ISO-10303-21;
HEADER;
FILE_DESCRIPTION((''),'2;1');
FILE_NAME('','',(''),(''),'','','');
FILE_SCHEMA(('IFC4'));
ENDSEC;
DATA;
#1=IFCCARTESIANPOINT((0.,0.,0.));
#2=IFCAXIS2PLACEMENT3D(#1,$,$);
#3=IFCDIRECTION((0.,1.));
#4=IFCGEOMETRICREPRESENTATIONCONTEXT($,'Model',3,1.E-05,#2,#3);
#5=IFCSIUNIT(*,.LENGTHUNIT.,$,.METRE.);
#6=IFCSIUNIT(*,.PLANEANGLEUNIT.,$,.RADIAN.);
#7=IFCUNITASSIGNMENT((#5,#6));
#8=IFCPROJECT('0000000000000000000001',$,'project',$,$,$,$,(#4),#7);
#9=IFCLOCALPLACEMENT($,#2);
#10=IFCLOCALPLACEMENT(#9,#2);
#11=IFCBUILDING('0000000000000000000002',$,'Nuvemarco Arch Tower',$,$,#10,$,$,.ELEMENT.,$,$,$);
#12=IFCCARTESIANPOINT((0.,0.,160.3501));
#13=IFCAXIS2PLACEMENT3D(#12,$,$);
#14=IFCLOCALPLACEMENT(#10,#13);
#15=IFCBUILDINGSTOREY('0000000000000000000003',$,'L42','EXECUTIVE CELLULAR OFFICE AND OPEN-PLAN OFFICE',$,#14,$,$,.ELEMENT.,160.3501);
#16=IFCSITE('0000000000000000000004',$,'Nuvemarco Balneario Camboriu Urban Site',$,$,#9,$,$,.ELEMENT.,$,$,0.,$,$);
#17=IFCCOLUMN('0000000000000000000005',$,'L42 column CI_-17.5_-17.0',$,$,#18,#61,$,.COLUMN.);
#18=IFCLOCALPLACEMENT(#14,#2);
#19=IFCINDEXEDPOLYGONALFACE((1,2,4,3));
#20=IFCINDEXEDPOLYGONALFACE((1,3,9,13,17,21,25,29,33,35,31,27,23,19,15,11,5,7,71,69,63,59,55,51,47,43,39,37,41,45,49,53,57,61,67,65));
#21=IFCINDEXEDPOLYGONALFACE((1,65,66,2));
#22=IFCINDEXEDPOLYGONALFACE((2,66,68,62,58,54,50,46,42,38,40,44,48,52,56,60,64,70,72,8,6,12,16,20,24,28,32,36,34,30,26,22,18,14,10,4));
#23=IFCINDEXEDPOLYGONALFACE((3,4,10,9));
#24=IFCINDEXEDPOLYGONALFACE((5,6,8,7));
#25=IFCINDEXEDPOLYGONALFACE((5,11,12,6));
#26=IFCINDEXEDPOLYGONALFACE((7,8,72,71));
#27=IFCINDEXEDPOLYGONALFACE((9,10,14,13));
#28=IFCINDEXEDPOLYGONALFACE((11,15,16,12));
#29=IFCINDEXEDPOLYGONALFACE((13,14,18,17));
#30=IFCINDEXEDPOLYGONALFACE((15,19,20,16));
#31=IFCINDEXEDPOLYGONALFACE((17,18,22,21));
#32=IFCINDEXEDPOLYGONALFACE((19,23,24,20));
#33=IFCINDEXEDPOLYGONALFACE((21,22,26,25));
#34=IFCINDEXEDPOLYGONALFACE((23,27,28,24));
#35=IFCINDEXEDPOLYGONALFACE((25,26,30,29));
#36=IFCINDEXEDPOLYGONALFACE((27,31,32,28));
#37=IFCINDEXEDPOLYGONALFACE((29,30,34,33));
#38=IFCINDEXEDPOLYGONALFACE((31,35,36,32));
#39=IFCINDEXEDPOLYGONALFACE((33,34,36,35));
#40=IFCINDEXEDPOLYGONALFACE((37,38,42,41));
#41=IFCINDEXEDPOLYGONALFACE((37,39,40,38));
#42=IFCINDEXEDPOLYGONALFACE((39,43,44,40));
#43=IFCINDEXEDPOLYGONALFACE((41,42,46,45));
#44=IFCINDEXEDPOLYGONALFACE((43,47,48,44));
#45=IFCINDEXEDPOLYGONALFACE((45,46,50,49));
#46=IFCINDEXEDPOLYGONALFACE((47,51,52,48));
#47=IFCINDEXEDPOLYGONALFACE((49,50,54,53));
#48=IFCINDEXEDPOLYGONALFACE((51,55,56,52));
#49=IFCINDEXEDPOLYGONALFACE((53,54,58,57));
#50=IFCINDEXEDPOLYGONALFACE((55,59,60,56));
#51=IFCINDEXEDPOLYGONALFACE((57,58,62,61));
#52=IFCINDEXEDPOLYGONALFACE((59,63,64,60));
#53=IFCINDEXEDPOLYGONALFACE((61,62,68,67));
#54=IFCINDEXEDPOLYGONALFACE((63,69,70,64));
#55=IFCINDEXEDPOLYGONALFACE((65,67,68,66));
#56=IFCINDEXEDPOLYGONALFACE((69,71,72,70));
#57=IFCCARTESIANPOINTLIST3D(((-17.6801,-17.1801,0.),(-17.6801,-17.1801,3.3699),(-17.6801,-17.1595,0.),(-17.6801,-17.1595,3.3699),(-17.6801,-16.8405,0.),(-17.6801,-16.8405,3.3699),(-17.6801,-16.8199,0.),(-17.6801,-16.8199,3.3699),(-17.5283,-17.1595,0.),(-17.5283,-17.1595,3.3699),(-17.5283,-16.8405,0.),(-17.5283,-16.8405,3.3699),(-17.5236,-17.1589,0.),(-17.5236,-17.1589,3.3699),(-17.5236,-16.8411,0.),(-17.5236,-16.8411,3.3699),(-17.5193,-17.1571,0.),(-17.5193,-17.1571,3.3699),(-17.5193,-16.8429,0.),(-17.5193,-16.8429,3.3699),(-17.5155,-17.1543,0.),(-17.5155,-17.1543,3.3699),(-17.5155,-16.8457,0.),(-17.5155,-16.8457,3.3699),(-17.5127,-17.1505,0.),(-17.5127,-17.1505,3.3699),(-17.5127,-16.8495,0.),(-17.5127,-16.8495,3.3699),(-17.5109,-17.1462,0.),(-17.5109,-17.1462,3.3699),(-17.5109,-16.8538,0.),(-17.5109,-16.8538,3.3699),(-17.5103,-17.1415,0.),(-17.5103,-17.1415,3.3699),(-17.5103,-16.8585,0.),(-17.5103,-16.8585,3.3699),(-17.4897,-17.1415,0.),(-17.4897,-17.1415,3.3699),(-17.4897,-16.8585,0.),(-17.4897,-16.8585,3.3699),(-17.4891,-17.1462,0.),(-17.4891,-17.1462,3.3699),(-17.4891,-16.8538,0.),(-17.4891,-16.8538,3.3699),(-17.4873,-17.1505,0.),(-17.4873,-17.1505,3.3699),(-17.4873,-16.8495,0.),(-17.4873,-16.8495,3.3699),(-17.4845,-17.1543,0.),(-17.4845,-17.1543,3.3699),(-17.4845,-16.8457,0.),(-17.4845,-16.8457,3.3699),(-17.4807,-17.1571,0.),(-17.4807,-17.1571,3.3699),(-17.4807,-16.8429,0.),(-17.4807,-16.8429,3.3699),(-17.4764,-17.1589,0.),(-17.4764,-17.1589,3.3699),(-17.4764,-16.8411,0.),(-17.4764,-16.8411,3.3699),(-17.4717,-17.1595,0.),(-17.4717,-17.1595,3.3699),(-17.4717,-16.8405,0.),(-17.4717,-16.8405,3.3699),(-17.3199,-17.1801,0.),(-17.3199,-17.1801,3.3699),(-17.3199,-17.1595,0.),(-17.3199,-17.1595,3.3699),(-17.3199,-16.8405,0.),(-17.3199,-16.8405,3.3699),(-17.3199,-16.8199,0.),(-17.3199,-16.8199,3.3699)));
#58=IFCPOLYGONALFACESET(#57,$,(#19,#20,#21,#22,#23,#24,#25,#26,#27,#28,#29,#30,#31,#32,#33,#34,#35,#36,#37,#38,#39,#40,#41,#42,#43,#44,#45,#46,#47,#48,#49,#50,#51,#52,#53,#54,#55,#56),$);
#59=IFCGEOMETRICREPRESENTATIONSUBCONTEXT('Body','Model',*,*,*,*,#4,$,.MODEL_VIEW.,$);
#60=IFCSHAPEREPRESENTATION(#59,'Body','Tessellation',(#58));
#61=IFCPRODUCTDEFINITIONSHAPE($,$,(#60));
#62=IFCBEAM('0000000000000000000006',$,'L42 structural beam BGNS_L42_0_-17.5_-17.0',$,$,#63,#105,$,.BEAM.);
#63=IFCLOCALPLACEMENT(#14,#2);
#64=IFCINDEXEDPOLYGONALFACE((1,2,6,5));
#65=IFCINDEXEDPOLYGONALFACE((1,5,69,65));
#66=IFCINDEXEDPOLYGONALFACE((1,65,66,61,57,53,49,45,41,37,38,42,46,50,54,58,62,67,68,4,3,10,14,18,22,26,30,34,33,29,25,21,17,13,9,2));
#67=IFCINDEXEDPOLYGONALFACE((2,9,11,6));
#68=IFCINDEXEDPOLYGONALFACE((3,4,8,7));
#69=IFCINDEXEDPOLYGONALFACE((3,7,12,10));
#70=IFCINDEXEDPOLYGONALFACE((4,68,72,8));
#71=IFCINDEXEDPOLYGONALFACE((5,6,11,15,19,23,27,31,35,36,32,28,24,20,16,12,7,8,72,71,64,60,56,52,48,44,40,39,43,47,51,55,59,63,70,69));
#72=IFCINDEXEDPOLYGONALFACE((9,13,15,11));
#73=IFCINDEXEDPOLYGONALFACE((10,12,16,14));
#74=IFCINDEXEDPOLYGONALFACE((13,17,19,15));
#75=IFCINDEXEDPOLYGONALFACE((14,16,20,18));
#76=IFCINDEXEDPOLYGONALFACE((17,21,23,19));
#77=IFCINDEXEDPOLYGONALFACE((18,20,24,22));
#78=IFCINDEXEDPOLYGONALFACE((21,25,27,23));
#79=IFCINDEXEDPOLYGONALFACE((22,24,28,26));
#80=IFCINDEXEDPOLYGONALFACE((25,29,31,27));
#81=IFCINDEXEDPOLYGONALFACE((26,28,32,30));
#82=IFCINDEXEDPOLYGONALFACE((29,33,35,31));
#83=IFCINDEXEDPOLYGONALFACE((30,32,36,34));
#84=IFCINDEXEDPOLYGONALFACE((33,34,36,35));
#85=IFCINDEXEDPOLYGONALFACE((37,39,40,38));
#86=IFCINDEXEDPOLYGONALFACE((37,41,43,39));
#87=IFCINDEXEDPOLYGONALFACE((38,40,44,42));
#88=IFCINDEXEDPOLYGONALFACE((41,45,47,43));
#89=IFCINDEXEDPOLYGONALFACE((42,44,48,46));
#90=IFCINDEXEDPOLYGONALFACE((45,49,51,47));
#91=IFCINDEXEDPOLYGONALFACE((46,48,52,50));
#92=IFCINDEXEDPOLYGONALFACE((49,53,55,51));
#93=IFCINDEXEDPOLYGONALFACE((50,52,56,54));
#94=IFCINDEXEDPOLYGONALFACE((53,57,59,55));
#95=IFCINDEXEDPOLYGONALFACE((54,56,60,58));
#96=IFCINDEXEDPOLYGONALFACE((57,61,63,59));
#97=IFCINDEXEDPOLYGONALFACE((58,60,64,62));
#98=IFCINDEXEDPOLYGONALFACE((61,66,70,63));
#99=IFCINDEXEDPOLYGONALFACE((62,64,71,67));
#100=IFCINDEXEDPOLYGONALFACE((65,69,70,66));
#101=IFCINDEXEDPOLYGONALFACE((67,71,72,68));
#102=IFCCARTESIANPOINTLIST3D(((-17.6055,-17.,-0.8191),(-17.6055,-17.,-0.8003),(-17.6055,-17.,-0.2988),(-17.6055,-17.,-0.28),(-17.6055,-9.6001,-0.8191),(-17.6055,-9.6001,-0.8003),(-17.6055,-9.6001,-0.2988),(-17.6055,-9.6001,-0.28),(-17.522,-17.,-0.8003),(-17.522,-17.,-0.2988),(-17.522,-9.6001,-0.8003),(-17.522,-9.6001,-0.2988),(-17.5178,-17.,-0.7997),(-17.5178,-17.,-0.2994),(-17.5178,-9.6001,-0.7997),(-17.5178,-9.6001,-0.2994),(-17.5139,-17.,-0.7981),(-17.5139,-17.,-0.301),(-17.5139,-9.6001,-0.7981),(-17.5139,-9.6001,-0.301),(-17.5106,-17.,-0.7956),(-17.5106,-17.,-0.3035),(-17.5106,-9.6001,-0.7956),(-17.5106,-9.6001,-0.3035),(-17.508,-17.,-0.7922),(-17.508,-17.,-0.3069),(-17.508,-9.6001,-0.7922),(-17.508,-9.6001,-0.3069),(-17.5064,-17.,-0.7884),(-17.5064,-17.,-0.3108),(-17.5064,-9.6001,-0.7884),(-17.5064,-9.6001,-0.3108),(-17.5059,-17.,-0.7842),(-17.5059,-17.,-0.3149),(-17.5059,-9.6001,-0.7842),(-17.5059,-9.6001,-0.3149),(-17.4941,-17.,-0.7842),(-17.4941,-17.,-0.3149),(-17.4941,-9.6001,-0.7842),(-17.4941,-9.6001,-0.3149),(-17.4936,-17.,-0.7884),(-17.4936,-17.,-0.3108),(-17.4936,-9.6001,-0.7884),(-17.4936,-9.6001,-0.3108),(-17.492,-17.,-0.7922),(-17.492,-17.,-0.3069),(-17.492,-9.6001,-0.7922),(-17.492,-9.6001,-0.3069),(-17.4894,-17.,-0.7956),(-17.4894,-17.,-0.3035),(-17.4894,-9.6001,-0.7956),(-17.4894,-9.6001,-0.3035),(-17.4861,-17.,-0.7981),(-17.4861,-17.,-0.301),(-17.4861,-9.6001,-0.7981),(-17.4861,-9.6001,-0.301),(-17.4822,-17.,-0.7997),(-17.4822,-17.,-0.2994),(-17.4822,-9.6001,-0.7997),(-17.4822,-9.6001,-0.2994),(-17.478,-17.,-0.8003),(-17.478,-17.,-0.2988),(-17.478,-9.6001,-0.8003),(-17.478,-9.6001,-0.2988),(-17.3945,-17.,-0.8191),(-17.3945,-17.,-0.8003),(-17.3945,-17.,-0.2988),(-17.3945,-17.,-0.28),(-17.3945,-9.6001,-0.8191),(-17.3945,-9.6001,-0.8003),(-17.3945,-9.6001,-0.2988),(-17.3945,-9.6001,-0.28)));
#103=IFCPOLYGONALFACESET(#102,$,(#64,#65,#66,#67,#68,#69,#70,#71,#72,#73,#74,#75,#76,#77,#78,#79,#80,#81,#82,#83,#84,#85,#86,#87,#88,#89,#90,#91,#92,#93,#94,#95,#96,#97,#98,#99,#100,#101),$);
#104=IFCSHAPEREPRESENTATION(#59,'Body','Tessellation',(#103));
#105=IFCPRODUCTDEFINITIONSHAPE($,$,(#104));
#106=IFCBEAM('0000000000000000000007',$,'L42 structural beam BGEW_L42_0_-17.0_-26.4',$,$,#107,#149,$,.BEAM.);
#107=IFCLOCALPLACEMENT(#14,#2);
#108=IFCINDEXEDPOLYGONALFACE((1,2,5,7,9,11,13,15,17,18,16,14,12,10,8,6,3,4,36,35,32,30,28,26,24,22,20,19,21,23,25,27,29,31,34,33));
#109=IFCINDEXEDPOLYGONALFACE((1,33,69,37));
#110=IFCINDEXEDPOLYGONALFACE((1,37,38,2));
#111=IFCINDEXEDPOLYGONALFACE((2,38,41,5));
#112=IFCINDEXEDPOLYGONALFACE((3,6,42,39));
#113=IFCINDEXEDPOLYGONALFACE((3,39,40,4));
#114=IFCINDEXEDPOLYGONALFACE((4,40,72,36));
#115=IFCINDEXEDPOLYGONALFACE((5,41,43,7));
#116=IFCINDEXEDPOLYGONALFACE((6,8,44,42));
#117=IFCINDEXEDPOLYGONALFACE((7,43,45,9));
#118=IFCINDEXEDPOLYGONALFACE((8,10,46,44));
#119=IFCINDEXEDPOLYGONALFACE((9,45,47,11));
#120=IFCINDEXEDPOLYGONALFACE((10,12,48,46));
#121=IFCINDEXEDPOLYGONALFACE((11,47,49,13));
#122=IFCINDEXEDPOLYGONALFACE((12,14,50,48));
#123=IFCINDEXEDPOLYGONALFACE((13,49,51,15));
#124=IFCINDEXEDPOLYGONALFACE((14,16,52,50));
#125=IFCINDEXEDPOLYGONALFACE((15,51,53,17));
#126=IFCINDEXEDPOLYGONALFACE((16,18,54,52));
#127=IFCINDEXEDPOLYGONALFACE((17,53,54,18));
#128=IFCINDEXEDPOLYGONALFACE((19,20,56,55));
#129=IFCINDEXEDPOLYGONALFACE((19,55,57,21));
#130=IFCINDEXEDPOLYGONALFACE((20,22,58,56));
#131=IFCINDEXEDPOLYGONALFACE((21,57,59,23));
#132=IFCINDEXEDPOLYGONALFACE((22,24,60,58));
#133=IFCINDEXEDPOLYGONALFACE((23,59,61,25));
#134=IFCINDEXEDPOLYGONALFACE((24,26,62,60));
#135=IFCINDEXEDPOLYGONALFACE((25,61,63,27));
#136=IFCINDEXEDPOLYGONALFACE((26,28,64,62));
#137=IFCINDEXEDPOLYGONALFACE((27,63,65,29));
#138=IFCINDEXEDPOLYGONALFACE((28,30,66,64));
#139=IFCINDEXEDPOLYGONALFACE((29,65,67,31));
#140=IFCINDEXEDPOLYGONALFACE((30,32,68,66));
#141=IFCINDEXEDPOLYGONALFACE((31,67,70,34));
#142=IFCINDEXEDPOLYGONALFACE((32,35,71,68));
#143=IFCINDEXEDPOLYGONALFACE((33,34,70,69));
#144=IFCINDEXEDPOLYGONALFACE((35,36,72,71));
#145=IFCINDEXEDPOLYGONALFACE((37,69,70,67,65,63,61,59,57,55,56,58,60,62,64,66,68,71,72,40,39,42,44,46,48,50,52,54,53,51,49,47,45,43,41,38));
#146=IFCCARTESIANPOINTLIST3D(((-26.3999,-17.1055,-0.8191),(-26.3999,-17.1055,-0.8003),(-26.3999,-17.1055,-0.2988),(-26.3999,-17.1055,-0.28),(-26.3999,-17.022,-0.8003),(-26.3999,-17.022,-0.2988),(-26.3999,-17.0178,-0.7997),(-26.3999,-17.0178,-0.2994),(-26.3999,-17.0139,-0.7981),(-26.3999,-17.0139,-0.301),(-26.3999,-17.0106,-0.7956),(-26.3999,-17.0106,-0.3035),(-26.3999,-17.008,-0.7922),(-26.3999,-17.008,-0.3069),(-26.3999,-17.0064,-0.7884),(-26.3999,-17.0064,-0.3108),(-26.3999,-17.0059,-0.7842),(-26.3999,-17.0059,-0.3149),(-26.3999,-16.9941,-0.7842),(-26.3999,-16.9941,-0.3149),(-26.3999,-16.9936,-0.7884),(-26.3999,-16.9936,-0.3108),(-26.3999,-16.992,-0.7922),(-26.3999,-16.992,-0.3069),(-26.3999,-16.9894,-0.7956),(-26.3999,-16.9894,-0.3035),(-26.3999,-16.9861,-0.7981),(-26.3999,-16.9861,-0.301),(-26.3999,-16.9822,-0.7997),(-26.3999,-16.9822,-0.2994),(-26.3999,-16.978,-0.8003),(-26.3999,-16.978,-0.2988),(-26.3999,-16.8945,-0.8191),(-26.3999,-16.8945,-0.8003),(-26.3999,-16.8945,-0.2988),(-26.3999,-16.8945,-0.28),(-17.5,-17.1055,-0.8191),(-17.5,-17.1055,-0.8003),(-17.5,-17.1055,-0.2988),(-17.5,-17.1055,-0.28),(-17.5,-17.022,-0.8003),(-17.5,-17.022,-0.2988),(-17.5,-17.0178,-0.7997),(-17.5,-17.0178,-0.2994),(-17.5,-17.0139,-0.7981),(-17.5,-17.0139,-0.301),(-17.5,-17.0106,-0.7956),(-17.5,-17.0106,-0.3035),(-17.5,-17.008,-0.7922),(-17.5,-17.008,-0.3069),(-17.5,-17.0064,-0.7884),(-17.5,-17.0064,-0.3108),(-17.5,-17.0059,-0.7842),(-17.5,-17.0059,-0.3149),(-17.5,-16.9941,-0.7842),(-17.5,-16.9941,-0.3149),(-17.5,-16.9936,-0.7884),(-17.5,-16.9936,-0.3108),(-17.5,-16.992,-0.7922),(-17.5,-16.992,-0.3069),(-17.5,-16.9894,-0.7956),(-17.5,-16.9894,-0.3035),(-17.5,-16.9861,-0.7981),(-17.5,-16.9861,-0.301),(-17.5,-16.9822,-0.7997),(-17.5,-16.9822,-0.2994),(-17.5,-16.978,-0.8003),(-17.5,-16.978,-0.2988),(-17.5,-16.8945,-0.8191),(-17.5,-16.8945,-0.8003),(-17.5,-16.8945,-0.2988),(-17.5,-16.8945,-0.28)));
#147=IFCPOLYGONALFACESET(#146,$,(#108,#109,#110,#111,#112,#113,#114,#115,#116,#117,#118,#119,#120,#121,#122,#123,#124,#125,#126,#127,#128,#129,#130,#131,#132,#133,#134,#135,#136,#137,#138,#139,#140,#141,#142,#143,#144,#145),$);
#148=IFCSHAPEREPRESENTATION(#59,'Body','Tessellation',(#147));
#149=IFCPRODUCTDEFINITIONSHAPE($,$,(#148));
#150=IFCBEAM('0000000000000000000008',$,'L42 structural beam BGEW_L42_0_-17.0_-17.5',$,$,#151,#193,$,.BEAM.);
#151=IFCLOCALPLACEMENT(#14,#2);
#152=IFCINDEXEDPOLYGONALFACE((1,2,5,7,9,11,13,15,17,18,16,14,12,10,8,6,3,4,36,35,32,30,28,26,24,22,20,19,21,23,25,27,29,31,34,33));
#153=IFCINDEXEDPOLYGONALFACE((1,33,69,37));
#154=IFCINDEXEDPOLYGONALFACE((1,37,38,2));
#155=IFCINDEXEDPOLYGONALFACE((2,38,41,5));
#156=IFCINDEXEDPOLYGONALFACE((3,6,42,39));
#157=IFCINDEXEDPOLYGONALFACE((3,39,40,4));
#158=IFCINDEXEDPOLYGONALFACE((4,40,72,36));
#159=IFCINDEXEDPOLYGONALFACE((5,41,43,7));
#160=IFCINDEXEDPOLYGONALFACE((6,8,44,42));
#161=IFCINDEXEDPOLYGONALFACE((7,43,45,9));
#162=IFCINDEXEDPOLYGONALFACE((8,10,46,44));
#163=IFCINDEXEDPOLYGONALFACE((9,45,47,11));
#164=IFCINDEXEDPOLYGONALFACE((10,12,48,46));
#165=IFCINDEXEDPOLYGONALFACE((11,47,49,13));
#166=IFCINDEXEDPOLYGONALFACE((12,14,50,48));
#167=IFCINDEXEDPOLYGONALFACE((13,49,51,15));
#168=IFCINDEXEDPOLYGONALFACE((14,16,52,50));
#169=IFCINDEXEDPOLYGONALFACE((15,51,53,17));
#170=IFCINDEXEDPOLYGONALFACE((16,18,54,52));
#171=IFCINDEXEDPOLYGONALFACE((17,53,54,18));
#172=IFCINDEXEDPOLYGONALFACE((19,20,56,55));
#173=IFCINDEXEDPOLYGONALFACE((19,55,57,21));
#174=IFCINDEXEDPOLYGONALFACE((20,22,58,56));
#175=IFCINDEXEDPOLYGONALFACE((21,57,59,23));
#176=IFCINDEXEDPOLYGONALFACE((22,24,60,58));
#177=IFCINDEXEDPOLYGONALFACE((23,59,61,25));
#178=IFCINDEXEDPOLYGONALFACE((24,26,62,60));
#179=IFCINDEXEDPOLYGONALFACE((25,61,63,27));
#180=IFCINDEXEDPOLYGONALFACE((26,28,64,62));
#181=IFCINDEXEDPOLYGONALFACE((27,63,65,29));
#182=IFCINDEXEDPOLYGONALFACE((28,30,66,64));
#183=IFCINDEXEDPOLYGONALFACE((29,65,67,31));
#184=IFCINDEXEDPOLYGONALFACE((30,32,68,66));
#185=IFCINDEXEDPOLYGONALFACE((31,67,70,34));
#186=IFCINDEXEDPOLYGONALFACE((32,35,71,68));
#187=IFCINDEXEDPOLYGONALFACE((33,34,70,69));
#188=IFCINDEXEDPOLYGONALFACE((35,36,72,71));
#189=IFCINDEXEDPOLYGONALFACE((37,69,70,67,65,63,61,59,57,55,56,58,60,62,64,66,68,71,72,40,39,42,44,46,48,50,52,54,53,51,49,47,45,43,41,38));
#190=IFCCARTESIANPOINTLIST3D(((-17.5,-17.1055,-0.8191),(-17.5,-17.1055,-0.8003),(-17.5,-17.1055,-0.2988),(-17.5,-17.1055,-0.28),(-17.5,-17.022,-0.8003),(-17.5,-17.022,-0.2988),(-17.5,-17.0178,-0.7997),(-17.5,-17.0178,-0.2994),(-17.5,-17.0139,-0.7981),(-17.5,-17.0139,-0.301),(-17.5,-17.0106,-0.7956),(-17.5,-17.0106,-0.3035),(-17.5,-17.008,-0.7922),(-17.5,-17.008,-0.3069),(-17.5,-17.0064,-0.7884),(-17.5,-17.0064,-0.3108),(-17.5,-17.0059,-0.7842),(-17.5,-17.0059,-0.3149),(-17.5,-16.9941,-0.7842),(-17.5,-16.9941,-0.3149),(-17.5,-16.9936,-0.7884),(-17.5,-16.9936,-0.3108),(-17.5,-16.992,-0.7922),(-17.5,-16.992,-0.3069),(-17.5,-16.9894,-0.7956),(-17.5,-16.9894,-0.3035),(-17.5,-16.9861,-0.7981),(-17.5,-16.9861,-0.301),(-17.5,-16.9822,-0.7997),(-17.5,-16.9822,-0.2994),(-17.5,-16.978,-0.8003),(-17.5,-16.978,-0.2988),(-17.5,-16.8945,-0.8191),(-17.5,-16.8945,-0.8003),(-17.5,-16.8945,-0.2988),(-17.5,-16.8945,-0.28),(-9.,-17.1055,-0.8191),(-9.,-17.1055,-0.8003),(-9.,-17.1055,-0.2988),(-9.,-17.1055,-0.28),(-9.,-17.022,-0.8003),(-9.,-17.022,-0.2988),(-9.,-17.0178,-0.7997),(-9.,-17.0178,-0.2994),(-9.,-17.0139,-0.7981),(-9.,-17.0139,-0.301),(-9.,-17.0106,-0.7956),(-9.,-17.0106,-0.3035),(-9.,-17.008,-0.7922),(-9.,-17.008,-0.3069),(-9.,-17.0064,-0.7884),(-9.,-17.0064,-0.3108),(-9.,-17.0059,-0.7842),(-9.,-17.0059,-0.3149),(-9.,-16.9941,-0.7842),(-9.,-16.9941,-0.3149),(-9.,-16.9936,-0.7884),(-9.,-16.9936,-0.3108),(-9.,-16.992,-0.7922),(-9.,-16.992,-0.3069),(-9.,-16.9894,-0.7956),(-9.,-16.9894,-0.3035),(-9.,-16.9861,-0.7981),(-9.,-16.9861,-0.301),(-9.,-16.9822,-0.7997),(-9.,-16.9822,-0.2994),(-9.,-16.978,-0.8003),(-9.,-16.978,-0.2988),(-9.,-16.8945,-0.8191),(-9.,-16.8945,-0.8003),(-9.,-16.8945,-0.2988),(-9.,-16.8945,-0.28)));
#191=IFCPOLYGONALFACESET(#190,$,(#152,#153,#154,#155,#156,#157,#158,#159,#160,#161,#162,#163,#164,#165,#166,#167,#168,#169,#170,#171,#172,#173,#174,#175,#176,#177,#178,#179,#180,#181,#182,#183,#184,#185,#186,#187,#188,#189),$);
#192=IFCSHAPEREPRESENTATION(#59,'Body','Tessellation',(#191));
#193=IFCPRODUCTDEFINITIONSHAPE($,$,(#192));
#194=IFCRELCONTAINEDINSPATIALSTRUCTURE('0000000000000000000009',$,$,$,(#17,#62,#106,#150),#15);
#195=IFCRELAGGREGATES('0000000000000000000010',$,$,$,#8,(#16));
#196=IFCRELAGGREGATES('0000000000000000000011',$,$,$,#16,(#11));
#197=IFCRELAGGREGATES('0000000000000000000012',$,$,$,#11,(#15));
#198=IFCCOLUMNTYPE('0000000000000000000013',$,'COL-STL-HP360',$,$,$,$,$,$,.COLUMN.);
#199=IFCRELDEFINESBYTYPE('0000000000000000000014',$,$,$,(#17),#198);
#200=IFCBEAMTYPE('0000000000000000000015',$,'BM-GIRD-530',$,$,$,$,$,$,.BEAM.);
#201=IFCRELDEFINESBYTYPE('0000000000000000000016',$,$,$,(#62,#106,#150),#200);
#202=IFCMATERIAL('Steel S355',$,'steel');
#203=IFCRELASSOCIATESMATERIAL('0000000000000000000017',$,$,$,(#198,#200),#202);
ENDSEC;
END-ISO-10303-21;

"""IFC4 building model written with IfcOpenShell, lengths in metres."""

from ifc_helpers import new_model, si_unit, direction, frame, origin, origin_2d, place, context, subcontext, project, spatial, i_section, extrude, material, material_profile, profile_set, type_object, element, save


model = new_model("IFC4")

# Units and contexts
model_context = context("Model", 3, precision=1e-05, world=origin(), true_north=direction((0.0, 1.0)))
body_context = subcontext(model_context, "Body", "Model", "MODEL_VIEW")
ifc_project = project(units=[si_unit("LENGTHUNIT", "METRE"), si_unit("PLANEANGLEUNIT", "RADIAN")], contexts=[model_context])

# Site, building, storey
site_placement = place(None, origin())
site = spatial("IfcSite", under=ifc_project, at=site_placement, Name="Nuvemarco Balneario Camboriu Urban Site", CompositionType="ELEMENT", RefElevation=0.0)
building_placement = place(site_placement, origin())
building = spatial("IfcBuilding", under=site, at=building_placement, Name="Nuvemarco Arch Tower", CompositionType="ELEMENT")
storey_placement = place(building_placement, frame((0.0, 0.0, 160.3501)))
storey = spatial("IfcBuildingStorey", under=building, at=storey_placement, Name="L42", Description="EXECUTIVE CELLULAR OFFICE AND OPEN-PLAN OFFICE", CompositionType="ELEMENT", Elevation=160.3501)

# Column
ifc_material_1 = material(Name="Steel S355", Category="steel")
ifc_material_profile_1 = material_profile(ifc_material_1, i_section(OverallWidth=0.3601, OverallDepth=0.3601, WebThickness=0.0205, FlangeThickness=0.0205, FilletRadius=0.0181, at=origin_2d()), Name="HP360x174")
ifc_profile_set_1 = profile_set([ifc_material_profile_1], Name="Steel S355")
column_type = type_object("IfcColumnType", Name="COL-STL-HP360", PredefinedType="COLUMN", material=ifc_profile_set_1)
column_placement = place(storey_placement, frame((-17.5, -17.0, 0.0), z_axis=(0.0, 0.0, 1.0), x_axis=(1.0, 0.0, 0.0)))
element("IfcColumn", 1, at=column_placement, inside=storey, type_object=column_type, Name="L42 column CI_-17.5_-17.0", PredefinedType="COLUMN", context=body_context, shape_type="SweptSolid", body=[
    extrude(i_section(OverallWidth=0.3601, OverallDepth=0.3601, WebThickness=0.0205, FlangeThickness=0.0205, FilletRadius=0.0181, at=origin_2d()), origin(), (0.0, 0.0, 1.0), 3.3699),
])

# Beams
ifc_material_profile_2 = material_profile(ifc_material_1, i_section(OverallWidth=0.2109, OverallDepth=0.5391, WebThickness=0.0117, FlangeThickness=0.0188, FilletRadius=0.0161, at=origin_2d()), Name="W530x109")
ifc_profile_set_2 = profile_set([ifc_material_profile_2], Name="Steel S355")
beam_type_1 = type_object("IfcBeamType", Name="BM-GIRD-530", PredefinedType="BEAM", material=ifc_profile_set_2)
beam_1_placement = place(storey_placement, frame((-17.5, -17.0, -0.5496), z_axis=(0.0, 1.0, 0.0), x_axis=(-1.0, 0.0, 0.0)))
element("IfcBeam", 2, at=beam_1_placement, inside=storey, type_object=beam_type_1, Name="L42 structural beam BGNS_L42_0_-17.5_-17.0", PredefinedType="BEAM", context=body_context, shape_type="SweptSolid", body=[
    extrude(i_section(OverallWidth=0.2109, OverallDepth=0.5391, WebThickness=0.0117, FlangeThickness=0.0188, FilletRadius=0.0161, at=origin_2d()), origin(), (0.0, 0.0, 1.0), 7.3999),
])
beam_2_placement = place(storey_placement, frame((-26.3999, -17.0, -0.5496), z_axis=(1.0, 0.0, 0.0), x_axis=(0.0, 1.0, 0.0)))
element("IfcBeam", 3, at=beam_2_placement, inside=storey, type_object=beam_type_1, Name="L42 structural beam BGEW_L42_0_-17.0_-26.4", PredefinedType="BEAM", context=body_context, shape_type="SweptSolid", body=[
    extrude(i_section(OverallWidth=0.2109, OverallDepth=0.5391, WebThickness=0.0117, FlangeThickness=0.0188, FilletRadius=0.0161, at=origin_2d()), origin(), (0.0, 0.0, 1.0), 8.8999),
])
beam_3_placement = place(storey_placement, frame((-17.5, -17.0, -0.5496), z_axis=(1.0, 0.0, 0.0), x_axis=(0.0, 1.0, 0.0)))
element("IfcBeam", 4, at=beam_3_placement, inside=storey, type_object=beam_type_1, Name="L42 structural beam BGEW_L42_0_-17.0_-17.5", PredefinedType="BEAM", context=body_context, shape_type="SweptSolid", body=[
    extrude(i_section(OverallWidth=0.2109, OverallDepth=0.5391, WebThickness=0.0117, FlangeThickness=0.0188, FilletRadius=0.0161, at=origin_2d()), origin(), (0.0, 0.0, 1.0), 8.5),
])

save(model, "model.ifc")
